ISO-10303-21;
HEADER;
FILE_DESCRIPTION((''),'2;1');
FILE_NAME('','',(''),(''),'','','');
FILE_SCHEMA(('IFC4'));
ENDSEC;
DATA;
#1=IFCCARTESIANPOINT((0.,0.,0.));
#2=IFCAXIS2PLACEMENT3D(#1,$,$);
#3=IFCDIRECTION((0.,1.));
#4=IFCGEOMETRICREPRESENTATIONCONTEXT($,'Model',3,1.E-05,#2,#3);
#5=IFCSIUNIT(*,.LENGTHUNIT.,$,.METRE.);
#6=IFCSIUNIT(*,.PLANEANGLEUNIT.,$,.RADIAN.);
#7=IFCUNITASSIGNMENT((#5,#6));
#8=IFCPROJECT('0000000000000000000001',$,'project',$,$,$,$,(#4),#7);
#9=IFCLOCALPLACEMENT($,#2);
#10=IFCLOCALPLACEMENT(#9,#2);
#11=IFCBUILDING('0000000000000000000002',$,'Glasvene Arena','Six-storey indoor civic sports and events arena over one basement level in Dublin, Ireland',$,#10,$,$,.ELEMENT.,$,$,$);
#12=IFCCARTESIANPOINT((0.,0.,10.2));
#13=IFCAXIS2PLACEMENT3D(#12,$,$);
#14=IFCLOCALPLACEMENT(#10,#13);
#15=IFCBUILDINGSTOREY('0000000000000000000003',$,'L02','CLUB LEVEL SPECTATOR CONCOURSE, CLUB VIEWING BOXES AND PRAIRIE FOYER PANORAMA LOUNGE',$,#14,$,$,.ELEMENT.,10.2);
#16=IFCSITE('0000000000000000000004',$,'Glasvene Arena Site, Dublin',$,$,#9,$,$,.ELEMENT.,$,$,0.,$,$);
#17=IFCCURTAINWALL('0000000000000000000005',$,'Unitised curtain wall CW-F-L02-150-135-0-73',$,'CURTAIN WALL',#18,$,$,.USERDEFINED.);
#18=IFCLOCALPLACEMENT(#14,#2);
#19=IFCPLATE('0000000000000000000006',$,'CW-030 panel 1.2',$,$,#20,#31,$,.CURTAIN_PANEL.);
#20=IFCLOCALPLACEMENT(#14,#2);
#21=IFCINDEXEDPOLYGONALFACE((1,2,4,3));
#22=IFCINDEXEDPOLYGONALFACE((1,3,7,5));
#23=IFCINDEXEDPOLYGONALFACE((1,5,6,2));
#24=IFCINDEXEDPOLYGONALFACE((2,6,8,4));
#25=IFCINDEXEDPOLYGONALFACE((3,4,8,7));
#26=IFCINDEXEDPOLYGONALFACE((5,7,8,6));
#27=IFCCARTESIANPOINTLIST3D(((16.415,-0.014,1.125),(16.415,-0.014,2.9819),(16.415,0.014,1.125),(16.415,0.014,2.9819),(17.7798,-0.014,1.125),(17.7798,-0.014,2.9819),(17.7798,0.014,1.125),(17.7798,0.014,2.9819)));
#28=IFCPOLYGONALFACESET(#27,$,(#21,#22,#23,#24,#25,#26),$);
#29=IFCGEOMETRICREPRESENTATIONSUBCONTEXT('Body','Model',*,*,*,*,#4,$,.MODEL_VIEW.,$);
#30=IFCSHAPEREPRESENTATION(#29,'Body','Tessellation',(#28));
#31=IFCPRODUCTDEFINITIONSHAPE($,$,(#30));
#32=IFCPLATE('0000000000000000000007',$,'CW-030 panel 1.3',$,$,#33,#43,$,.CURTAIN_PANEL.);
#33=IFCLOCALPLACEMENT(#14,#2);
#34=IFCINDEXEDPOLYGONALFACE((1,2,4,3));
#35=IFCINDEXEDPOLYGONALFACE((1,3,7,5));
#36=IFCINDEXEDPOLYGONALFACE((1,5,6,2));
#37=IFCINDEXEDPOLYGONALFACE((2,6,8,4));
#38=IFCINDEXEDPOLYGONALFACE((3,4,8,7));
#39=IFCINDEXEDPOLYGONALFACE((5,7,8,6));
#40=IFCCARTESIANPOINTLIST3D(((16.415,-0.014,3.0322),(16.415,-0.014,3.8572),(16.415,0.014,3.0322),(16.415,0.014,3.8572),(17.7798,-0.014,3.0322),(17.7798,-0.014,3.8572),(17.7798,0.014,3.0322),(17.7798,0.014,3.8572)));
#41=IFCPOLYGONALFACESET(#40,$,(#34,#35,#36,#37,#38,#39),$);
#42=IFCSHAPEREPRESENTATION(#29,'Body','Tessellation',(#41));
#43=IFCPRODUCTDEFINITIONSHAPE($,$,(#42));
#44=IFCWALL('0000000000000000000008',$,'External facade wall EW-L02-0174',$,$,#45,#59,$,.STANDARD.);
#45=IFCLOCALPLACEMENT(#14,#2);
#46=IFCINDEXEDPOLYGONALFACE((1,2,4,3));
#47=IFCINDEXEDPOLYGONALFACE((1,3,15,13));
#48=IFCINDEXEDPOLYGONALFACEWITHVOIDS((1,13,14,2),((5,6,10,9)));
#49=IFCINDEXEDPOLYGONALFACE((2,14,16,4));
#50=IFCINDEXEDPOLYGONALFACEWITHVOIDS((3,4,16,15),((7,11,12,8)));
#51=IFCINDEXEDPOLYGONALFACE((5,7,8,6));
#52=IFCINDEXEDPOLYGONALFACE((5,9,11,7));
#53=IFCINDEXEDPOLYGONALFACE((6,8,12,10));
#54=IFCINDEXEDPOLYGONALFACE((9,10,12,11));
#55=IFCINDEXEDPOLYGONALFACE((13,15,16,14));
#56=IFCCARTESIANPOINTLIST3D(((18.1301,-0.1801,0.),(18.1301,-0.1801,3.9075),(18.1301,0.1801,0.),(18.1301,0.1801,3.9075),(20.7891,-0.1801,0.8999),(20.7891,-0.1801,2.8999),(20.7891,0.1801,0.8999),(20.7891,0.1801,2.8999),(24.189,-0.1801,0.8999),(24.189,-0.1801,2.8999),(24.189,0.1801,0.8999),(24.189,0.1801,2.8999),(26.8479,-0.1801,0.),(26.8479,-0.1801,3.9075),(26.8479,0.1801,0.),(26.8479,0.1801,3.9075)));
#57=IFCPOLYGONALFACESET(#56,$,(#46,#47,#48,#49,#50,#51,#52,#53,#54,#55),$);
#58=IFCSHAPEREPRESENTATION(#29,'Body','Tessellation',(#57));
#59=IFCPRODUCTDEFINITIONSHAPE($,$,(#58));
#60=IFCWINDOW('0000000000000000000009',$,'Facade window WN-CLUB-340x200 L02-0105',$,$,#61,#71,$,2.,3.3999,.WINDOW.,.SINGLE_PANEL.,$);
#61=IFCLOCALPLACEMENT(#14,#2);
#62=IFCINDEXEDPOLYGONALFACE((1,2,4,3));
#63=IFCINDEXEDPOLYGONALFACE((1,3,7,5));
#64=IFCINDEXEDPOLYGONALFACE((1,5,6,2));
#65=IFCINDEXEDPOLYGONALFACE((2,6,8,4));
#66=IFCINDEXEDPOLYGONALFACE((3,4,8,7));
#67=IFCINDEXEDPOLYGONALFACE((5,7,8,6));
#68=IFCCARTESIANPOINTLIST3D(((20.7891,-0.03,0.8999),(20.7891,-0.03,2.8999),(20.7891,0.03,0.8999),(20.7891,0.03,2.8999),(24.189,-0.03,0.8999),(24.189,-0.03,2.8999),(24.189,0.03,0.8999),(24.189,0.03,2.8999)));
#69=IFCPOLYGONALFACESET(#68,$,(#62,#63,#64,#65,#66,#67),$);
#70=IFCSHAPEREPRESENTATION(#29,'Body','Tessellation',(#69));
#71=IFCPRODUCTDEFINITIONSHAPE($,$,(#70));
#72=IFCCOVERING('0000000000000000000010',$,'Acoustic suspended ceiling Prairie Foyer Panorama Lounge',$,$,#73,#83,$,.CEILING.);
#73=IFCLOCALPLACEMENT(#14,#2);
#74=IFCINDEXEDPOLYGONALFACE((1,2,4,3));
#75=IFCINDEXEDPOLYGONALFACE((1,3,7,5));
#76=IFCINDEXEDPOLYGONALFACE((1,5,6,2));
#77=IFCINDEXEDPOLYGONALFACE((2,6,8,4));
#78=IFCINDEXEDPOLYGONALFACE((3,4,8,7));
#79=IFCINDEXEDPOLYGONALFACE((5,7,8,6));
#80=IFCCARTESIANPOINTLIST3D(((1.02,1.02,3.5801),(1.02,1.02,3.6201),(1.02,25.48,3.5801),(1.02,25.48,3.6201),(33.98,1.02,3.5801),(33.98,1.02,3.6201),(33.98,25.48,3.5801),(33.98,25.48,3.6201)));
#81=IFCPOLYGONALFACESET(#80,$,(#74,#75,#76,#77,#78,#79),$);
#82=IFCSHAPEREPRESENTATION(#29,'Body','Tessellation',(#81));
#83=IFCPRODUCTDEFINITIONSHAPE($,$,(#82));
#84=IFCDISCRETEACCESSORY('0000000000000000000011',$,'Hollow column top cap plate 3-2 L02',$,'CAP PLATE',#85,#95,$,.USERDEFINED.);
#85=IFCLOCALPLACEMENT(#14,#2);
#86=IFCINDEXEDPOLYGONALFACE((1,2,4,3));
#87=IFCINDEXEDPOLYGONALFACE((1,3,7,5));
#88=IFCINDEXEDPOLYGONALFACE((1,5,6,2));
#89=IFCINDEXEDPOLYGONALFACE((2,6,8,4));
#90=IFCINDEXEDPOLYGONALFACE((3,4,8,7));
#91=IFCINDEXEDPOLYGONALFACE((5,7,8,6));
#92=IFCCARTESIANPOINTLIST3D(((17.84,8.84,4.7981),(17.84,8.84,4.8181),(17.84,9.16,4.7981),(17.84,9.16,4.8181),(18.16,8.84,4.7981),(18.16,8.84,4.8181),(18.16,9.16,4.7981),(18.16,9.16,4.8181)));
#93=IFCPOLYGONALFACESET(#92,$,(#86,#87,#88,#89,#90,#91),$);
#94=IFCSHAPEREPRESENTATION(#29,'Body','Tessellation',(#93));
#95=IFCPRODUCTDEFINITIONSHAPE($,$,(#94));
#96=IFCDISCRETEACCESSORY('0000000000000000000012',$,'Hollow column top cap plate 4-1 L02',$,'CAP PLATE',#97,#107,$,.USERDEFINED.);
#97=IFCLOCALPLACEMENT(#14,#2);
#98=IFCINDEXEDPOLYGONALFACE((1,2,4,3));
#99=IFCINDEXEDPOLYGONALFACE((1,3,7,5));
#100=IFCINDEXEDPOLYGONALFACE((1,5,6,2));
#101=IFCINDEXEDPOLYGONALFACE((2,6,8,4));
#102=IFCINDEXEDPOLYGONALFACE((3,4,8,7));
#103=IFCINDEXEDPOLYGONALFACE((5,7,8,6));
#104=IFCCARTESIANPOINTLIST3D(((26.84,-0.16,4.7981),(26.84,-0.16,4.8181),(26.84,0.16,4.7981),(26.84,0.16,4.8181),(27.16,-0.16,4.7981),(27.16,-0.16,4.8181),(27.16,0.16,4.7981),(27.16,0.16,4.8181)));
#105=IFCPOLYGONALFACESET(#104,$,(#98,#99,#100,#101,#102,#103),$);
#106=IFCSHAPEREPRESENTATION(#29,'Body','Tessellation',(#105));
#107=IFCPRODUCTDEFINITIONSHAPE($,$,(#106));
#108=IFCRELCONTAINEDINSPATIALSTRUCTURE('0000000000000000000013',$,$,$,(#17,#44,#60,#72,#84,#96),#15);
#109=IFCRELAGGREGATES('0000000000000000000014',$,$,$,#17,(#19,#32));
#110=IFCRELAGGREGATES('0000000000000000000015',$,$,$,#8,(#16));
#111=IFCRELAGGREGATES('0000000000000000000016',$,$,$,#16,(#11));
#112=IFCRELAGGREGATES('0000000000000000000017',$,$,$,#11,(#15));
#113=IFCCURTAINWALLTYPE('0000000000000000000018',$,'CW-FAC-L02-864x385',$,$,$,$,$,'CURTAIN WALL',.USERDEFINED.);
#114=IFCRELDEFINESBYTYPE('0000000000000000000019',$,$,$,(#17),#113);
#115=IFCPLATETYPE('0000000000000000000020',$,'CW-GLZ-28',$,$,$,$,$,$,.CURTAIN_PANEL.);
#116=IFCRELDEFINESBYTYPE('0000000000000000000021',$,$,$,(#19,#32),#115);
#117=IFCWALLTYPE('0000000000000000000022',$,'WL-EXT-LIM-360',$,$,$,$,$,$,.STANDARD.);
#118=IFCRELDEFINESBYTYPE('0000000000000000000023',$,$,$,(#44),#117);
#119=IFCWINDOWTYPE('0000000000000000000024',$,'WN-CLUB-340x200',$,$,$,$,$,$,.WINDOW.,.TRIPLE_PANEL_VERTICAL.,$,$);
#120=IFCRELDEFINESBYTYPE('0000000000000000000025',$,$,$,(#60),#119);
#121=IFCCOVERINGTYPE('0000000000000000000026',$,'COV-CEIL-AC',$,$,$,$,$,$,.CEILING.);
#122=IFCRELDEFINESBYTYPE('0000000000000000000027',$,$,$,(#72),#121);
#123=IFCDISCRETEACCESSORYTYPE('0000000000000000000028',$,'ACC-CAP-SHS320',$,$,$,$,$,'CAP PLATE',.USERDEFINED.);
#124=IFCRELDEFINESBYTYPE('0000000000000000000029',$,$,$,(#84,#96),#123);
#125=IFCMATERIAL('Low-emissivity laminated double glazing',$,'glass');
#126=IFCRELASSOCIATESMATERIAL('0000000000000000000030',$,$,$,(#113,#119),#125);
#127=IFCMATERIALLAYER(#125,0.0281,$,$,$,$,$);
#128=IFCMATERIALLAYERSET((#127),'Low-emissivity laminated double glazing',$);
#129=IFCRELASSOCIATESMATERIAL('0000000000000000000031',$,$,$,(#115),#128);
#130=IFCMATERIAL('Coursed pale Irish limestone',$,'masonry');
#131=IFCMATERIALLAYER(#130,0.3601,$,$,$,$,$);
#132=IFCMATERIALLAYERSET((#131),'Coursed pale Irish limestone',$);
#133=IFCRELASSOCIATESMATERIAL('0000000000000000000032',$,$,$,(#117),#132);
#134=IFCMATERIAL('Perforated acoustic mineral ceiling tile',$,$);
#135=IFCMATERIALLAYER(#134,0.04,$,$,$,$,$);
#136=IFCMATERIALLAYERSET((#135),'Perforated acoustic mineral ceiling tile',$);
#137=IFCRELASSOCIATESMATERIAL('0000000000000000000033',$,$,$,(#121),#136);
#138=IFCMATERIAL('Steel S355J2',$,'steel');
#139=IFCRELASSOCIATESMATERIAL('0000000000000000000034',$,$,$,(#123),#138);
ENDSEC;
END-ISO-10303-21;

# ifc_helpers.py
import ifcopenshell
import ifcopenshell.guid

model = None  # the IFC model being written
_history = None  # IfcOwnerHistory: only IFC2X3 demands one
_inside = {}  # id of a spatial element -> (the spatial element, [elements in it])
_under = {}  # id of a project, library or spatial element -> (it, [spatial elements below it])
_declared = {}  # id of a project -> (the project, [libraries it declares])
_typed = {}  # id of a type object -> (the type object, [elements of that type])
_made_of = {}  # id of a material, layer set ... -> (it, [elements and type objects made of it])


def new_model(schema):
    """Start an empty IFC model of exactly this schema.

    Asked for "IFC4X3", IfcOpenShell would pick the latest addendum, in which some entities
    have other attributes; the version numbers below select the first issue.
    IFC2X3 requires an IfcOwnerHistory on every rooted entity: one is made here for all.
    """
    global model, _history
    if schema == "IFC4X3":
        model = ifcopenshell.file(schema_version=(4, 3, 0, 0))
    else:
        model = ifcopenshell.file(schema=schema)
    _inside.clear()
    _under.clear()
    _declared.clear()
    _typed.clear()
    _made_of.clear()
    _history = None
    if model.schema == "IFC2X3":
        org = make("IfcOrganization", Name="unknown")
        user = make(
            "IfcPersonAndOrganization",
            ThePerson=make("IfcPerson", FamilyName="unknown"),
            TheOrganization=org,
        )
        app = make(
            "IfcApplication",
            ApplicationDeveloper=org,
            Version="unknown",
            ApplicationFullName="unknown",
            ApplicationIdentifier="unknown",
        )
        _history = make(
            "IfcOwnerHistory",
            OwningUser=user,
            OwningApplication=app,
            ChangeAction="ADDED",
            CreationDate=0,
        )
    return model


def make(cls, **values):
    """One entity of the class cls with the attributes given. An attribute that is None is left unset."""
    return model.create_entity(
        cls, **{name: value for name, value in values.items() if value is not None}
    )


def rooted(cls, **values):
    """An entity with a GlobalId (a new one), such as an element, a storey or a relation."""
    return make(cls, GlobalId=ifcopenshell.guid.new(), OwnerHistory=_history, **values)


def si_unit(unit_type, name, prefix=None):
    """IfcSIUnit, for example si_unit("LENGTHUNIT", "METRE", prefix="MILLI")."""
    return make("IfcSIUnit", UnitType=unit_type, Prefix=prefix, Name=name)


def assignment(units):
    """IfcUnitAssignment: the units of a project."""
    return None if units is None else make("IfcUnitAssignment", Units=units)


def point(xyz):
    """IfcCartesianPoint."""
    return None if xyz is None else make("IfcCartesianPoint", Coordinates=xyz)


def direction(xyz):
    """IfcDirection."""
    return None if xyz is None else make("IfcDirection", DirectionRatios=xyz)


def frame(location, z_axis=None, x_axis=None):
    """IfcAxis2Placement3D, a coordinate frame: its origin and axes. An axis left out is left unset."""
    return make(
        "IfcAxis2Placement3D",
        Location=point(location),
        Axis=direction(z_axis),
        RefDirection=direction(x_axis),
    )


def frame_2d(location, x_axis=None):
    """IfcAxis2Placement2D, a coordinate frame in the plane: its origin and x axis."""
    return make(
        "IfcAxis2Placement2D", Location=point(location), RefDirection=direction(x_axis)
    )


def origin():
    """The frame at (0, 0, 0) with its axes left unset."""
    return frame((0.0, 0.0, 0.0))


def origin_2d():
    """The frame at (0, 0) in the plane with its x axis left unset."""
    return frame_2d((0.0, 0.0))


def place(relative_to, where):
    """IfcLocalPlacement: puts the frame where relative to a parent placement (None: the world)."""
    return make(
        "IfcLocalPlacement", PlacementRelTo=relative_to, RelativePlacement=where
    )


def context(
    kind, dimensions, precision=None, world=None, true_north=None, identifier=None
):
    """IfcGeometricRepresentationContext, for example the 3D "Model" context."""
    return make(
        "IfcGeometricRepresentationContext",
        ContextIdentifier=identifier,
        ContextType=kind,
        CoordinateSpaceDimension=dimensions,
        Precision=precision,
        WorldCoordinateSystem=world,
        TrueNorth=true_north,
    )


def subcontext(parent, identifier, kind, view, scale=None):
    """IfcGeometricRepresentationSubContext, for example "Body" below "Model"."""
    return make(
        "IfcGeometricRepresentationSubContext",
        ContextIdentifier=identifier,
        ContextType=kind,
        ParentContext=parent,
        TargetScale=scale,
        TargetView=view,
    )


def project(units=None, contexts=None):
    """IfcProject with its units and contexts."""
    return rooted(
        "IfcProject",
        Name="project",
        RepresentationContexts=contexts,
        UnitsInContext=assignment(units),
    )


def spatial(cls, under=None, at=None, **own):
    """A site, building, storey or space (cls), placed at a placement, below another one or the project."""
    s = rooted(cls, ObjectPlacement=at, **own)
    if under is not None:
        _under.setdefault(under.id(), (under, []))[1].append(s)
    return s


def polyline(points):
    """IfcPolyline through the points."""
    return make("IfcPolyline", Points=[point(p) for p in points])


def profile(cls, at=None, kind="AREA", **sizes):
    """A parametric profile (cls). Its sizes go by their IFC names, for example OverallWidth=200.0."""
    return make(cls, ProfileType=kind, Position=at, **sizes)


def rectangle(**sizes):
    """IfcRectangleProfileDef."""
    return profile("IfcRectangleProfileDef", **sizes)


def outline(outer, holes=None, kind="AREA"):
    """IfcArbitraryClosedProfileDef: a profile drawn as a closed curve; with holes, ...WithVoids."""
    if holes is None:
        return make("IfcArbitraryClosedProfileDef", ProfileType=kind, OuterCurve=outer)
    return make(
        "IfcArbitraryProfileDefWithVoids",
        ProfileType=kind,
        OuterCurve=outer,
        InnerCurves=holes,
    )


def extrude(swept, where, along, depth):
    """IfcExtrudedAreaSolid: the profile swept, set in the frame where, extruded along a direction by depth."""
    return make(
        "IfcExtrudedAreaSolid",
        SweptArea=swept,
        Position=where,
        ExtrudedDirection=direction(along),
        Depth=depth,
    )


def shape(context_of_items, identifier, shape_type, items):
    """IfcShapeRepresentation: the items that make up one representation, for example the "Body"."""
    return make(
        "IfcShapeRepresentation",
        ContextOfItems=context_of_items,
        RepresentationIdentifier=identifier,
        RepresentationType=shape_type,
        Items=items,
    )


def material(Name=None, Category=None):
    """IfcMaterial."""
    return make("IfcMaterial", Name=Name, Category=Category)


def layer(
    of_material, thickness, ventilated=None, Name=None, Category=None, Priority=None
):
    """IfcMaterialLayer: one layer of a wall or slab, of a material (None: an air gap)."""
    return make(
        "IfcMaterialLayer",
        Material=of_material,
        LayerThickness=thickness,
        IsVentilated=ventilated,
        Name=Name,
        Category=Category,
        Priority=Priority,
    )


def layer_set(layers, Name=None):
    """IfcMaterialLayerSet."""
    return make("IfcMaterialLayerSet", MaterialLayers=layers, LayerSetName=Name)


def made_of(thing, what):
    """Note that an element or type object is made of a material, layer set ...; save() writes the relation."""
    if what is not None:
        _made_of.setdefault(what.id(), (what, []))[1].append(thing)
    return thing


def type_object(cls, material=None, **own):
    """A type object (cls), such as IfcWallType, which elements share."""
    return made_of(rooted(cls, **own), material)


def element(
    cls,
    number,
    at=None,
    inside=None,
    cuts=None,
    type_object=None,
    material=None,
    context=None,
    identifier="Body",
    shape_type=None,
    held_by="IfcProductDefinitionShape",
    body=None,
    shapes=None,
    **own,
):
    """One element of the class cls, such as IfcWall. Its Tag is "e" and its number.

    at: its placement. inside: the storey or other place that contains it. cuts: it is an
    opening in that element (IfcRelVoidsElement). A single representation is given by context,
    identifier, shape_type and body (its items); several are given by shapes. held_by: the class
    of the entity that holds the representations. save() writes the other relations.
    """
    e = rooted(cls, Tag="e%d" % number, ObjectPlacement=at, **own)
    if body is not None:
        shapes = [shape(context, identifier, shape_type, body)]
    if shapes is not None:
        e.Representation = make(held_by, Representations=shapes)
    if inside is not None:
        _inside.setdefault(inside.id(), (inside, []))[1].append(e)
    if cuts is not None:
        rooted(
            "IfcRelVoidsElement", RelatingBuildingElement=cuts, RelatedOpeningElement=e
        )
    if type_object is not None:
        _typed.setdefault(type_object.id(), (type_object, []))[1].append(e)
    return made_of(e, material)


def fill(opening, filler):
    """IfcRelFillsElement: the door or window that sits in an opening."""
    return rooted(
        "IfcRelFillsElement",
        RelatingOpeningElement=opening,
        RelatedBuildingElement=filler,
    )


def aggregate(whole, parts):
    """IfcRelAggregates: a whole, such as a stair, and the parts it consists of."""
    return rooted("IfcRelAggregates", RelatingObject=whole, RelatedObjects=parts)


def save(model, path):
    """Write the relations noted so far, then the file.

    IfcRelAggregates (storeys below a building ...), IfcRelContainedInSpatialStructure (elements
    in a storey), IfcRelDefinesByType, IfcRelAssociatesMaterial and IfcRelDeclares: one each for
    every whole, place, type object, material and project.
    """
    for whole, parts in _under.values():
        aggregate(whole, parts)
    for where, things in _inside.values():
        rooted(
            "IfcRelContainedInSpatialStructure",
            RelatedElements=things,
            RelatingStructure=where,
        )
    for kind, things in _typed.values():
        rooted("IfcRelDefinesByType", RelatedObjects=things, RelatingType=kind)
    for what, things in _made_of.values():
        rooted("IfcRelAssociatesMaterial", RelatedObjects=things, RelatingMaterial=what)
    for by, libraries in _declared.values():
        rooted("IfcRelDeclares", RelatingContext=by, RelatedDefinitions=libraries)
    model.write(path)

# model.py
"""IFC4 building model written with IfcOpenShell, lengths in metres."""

from ifc_helpers import new_model, si_unit, direction, frame, frame_2d, origin, origin_2d, place, context, subcontext, project, spatial, polyline, rectangle, outline, extrude, material, layer, layer_set, type_object, element, fill, aggregate, save


model = new_model("IFC4")

# Units and contexts
model_context = context("Model", 3, precision=1e-05, world=origin(), true_north=direction((0.0, 1.0)))
body_context = subcontext(model_context, "Body", "Model", "MODEL_VIEW")
ifc_project = project(units=[si_unit("LENGTHUNIT", "METRE"), si_unit("PLANEANGLEUNIT", "RADIAN")], contexts=[model_context])

# Site, building, storey
site_placement = place(None, origin())
site = spatial("IfcSite", under=ifc_project, at=site_placement, Name="Glasvene Arena Site, Dublin", CompositionType="ELEMENT", RefElevation=0.0)
building_placement = place(site_placement, origin())
building = spatial("IfcBuilding", under=site, at=building_placement, Name="Glasvene Arena", Description="Six-storey indoor civic sports and events arena over one basement level in Dublin, Ireland", CompositionType="ELEMENT")
storey_placement = place(building_placement, frame((0.0, 0.0, 10.2)))
storey = spatial("IfcBuildingStorey", under=building, at=storey_placement, Name="L02", Description="CLUB LEVEL SPECTATOR CONCOURSE, CLUB VIEWING BOXES AND PRAIRIE FOYER PANORAMA LOUNGE", CompositionType="ELEMENT", Elevation=10.2)

# Shared definitions
ifc_material_1 = material(Name="Steel S355J2", Category="steel")

# Curtain wall, plates
ifc_material_2 = material(Name="Low-emissivity laminated double glazing", Category="glass")
curtain_wall_type = type_object("IfcCurtainWallType", Name="CW-FAC-L02-864x385", ElementType="CURTAIN WALL", PredefinedType="USERDEFINED", material=ifc_material_2)
curtain_wall_placement = place(storey_placement, frame((17.8298, 0.0, 0.0)))
curtain_wall = element("IfcCurtainWall", 1, at=curtain_wall_placement, inside=storey, type_object=curtain_wall_type, Name="Unitised curtain wall CW-F-L02-150-135-0-73", ObjectType="CURTAIN WALL", PredefinedType="USERDEFINED")
ifc_layer_1 = layer(ifc_material_2, 0.0281)
ifc_layer_set_1 = layer_set([ifc_layer_1], Name="Low-emissivity laminated double glazing")
plate_type = type_object("IfcPlateType", Name="CW-GLZ-28", PredefinedType="CURTAIN_PANEL", material=ifc_layer_set_1)
plate_1_placement = place(storey_placement, frame((17.0974, 0.0, 1.125), z_axis=(0.0, 0.0, 1.0), x_axis=(-1.0, 0.0, 0.0)))
plate_1 = element("IfcPlate", 2, at=plate_1_placement, type_object=plate_type, Name="CW-030 panel 1.2", PredefinedType="CURTAIN_PANEL", context=body_context, shape_type="SweptSolid", body=[
    extrude(rectangle(XDim=1.3647, YDim=0.0281, at=origin_2d()), origin(), (0.0, 0.0, 1.0), 1.8569),
])
plate_2_placement = place(storey_placement, frame((17.0974, 0.0, 3.0322), z_axis=(0.0, 0.0, 1.0), x_axis=(-1.0, 0.0, 0.0)))
plate_2 = element("IfcPlate", 3, at=plate_2_placement, type_object=plate_type, Name="CW-030 panel 1.3", PredefinedType="CURTAIN_PANEL", context=body_context, shape_type="SweptSolid", body=[
    extrude(rectangle(XDim=1.3647, YDim=0.0281, at=origin_2d()), origin(), (0.0, 0.0, 1.0), 0.825),
])
aggregate(curtain_wall, [plate_1, plate_2])

# Wall, opening, window
ifc_material_3 = material(Name="Coursed pale Irish limestone", Category="masonry")
ifc_layer_2 = layer(ifc_material_3, 0.3601)
ifc_layer_set_2 = layer_set([ifc_layer_2], Name="Coursed pale Irish limestone")
wall_type = type_object("IfcWallType", Name="WL-EXT-LIM-360", PredefinedType="STANDARD", material=ifc_layer_set_2)
wall_placement = place(storey_placement, frame((26.8479, 0.0, 0.0), z_axis=(0.0, 0.0, 1.0), x_axis=(-1.0, 0.0, 0.0)))
wall = element("IfcWall", 4, at=wall_placement, inside=storey, type_object=wall_type, Name="External facade wall EW-L02-0174", PredefinedType="STANDARD", context=body_context, shape_type="SweptSolid", body=[
    extrude(rectangle(XDim=8.7178, YDim=0.3601, at=frame_2d((4.3589, 0.0))), origin(), (0.0, 0.0, 1.0), 3.9075),
])
opening_placement = place(wall_placement, frame((2.6589, 0.0, 0.8999)))
opening = element("IfcOpeningElement", 5, at=opening_placement, cuts=wall, PredefinedType="OPENING", context=body_context, shape_type="SweptSolid", body=[
    extrude(rectangle(XDim=3.3999, YDim=2.0, at=frame_2d((1.7, 1.0))), frame((0.0, 0.1899, 0.0), z_axis=(0.0, -1.0, 0.0), x_axis=(1.0, 0.0, 0.0)), (0.0, 0.0, 1.0), 0.3801),
])
window_type = type_object("IfcWindowType", Name="WN-CLUB-340x200", PartitioningType="TRIPLE_PANEL_VERTICAL", PredefinedType="WINDOW", material=ifc_material_2)
window_placement = place(opening_placement, origin())
window = element("IfcWindow", 6, at=window_placement, inside=storey, type_object=window_type, Name="Facade window WN-CLUB-340x200 L02-0105", OverallHeight=2.0, OverallWidth=3.3999, PartitioningType="SINGLE_PANEL", PredefinedType="WINDOW", context=body_context, shape_type="SweptSolid", body=[
    extrude(rectangle(XDim=3.3999, YDim=2.0, at=frame_2d((1.7, 1.0))), frame((0.0, 0.03, 0.0), z_axis=(0.0, -1.0, 0.0), x_axis=(1.0, 0.0, 0.0)), (0.0, 0.0, 1.0), 0.0601),
])
fill(opening, window)

# Covering
ifc_material_4 = material(Name="Perforated acoustic mineral ceiling tile")
ifc_layer_3 = layer(ifc_material_4, 0.04)
ifc_layer_set_3 = layer_set([ifc_layer_3], Name="Perforated acoustic mineral ceiling tile")
covering_type = type_object("IfcCoveringType", Name="COV-CEIL-AC", PredefinedType="CEILING", material=ifc_layer_set_3)
covering_placement = place(storey_placement, frame((17.5, 13.25, 3.5801)))
element("IfcCovering", 7, at=covering_placement, inside=storey, type_object=covering_type, Name="Acoustic suspended ceiling Prairie Foyer Panorama Lounge", PredefinedType="CEILING", context=body_context, shape_type="SweptSolid", body=[
    extrude(outline(polyline([(16.48, 12.23), (16.48, -12.23), (-16.48, -12.23), (-16.48, 12.23), (16.48, 12.23)])), origin(), (0.0, 0.0, 1.0), 0.04),
])

# Discrete accessories
discrete_accessory_type = type_object("IfcDiscreteAccessoryType", Name="ACC-CAP-SHS320", ElementType="CAP PLATE", PredefinedType="USERDEFINED", material=ifc_material_1)
for number, where, z_axis, x_axis, name in (
    (8, (18.0, 9.0, 4.7981), (0.0, 0.0, 1.0), (1.0, 0.0, 0.0), "Hollow column top cap plate 3-2 L02"),
    (9, (27.0, 0.0, 4.7981), (0.0, 0.0, 1.0), (1.0, 0.0, 0.0), "Hollow column top cap plate 4-1 L02"),
):
    element("IfcDiscreteAccessory", number, at=place(storey_placement, frame(where, z_axis=z_axis, x_axis=x_axis)), inside=storey, type_object=discrete_accessory_type, Name=name, ObjectType="CAP PLATE", PredefinedType="USERDEFINED", context=body_context, shape_type="SweptSolid", body=[
        extrude(rectangle(XDim=0.3201, YDim=0.3201, at=origin_2d()), origin(), (0.0, 0.0, 1.0), 0.02),
    ])

save(model, "model.ifc")
